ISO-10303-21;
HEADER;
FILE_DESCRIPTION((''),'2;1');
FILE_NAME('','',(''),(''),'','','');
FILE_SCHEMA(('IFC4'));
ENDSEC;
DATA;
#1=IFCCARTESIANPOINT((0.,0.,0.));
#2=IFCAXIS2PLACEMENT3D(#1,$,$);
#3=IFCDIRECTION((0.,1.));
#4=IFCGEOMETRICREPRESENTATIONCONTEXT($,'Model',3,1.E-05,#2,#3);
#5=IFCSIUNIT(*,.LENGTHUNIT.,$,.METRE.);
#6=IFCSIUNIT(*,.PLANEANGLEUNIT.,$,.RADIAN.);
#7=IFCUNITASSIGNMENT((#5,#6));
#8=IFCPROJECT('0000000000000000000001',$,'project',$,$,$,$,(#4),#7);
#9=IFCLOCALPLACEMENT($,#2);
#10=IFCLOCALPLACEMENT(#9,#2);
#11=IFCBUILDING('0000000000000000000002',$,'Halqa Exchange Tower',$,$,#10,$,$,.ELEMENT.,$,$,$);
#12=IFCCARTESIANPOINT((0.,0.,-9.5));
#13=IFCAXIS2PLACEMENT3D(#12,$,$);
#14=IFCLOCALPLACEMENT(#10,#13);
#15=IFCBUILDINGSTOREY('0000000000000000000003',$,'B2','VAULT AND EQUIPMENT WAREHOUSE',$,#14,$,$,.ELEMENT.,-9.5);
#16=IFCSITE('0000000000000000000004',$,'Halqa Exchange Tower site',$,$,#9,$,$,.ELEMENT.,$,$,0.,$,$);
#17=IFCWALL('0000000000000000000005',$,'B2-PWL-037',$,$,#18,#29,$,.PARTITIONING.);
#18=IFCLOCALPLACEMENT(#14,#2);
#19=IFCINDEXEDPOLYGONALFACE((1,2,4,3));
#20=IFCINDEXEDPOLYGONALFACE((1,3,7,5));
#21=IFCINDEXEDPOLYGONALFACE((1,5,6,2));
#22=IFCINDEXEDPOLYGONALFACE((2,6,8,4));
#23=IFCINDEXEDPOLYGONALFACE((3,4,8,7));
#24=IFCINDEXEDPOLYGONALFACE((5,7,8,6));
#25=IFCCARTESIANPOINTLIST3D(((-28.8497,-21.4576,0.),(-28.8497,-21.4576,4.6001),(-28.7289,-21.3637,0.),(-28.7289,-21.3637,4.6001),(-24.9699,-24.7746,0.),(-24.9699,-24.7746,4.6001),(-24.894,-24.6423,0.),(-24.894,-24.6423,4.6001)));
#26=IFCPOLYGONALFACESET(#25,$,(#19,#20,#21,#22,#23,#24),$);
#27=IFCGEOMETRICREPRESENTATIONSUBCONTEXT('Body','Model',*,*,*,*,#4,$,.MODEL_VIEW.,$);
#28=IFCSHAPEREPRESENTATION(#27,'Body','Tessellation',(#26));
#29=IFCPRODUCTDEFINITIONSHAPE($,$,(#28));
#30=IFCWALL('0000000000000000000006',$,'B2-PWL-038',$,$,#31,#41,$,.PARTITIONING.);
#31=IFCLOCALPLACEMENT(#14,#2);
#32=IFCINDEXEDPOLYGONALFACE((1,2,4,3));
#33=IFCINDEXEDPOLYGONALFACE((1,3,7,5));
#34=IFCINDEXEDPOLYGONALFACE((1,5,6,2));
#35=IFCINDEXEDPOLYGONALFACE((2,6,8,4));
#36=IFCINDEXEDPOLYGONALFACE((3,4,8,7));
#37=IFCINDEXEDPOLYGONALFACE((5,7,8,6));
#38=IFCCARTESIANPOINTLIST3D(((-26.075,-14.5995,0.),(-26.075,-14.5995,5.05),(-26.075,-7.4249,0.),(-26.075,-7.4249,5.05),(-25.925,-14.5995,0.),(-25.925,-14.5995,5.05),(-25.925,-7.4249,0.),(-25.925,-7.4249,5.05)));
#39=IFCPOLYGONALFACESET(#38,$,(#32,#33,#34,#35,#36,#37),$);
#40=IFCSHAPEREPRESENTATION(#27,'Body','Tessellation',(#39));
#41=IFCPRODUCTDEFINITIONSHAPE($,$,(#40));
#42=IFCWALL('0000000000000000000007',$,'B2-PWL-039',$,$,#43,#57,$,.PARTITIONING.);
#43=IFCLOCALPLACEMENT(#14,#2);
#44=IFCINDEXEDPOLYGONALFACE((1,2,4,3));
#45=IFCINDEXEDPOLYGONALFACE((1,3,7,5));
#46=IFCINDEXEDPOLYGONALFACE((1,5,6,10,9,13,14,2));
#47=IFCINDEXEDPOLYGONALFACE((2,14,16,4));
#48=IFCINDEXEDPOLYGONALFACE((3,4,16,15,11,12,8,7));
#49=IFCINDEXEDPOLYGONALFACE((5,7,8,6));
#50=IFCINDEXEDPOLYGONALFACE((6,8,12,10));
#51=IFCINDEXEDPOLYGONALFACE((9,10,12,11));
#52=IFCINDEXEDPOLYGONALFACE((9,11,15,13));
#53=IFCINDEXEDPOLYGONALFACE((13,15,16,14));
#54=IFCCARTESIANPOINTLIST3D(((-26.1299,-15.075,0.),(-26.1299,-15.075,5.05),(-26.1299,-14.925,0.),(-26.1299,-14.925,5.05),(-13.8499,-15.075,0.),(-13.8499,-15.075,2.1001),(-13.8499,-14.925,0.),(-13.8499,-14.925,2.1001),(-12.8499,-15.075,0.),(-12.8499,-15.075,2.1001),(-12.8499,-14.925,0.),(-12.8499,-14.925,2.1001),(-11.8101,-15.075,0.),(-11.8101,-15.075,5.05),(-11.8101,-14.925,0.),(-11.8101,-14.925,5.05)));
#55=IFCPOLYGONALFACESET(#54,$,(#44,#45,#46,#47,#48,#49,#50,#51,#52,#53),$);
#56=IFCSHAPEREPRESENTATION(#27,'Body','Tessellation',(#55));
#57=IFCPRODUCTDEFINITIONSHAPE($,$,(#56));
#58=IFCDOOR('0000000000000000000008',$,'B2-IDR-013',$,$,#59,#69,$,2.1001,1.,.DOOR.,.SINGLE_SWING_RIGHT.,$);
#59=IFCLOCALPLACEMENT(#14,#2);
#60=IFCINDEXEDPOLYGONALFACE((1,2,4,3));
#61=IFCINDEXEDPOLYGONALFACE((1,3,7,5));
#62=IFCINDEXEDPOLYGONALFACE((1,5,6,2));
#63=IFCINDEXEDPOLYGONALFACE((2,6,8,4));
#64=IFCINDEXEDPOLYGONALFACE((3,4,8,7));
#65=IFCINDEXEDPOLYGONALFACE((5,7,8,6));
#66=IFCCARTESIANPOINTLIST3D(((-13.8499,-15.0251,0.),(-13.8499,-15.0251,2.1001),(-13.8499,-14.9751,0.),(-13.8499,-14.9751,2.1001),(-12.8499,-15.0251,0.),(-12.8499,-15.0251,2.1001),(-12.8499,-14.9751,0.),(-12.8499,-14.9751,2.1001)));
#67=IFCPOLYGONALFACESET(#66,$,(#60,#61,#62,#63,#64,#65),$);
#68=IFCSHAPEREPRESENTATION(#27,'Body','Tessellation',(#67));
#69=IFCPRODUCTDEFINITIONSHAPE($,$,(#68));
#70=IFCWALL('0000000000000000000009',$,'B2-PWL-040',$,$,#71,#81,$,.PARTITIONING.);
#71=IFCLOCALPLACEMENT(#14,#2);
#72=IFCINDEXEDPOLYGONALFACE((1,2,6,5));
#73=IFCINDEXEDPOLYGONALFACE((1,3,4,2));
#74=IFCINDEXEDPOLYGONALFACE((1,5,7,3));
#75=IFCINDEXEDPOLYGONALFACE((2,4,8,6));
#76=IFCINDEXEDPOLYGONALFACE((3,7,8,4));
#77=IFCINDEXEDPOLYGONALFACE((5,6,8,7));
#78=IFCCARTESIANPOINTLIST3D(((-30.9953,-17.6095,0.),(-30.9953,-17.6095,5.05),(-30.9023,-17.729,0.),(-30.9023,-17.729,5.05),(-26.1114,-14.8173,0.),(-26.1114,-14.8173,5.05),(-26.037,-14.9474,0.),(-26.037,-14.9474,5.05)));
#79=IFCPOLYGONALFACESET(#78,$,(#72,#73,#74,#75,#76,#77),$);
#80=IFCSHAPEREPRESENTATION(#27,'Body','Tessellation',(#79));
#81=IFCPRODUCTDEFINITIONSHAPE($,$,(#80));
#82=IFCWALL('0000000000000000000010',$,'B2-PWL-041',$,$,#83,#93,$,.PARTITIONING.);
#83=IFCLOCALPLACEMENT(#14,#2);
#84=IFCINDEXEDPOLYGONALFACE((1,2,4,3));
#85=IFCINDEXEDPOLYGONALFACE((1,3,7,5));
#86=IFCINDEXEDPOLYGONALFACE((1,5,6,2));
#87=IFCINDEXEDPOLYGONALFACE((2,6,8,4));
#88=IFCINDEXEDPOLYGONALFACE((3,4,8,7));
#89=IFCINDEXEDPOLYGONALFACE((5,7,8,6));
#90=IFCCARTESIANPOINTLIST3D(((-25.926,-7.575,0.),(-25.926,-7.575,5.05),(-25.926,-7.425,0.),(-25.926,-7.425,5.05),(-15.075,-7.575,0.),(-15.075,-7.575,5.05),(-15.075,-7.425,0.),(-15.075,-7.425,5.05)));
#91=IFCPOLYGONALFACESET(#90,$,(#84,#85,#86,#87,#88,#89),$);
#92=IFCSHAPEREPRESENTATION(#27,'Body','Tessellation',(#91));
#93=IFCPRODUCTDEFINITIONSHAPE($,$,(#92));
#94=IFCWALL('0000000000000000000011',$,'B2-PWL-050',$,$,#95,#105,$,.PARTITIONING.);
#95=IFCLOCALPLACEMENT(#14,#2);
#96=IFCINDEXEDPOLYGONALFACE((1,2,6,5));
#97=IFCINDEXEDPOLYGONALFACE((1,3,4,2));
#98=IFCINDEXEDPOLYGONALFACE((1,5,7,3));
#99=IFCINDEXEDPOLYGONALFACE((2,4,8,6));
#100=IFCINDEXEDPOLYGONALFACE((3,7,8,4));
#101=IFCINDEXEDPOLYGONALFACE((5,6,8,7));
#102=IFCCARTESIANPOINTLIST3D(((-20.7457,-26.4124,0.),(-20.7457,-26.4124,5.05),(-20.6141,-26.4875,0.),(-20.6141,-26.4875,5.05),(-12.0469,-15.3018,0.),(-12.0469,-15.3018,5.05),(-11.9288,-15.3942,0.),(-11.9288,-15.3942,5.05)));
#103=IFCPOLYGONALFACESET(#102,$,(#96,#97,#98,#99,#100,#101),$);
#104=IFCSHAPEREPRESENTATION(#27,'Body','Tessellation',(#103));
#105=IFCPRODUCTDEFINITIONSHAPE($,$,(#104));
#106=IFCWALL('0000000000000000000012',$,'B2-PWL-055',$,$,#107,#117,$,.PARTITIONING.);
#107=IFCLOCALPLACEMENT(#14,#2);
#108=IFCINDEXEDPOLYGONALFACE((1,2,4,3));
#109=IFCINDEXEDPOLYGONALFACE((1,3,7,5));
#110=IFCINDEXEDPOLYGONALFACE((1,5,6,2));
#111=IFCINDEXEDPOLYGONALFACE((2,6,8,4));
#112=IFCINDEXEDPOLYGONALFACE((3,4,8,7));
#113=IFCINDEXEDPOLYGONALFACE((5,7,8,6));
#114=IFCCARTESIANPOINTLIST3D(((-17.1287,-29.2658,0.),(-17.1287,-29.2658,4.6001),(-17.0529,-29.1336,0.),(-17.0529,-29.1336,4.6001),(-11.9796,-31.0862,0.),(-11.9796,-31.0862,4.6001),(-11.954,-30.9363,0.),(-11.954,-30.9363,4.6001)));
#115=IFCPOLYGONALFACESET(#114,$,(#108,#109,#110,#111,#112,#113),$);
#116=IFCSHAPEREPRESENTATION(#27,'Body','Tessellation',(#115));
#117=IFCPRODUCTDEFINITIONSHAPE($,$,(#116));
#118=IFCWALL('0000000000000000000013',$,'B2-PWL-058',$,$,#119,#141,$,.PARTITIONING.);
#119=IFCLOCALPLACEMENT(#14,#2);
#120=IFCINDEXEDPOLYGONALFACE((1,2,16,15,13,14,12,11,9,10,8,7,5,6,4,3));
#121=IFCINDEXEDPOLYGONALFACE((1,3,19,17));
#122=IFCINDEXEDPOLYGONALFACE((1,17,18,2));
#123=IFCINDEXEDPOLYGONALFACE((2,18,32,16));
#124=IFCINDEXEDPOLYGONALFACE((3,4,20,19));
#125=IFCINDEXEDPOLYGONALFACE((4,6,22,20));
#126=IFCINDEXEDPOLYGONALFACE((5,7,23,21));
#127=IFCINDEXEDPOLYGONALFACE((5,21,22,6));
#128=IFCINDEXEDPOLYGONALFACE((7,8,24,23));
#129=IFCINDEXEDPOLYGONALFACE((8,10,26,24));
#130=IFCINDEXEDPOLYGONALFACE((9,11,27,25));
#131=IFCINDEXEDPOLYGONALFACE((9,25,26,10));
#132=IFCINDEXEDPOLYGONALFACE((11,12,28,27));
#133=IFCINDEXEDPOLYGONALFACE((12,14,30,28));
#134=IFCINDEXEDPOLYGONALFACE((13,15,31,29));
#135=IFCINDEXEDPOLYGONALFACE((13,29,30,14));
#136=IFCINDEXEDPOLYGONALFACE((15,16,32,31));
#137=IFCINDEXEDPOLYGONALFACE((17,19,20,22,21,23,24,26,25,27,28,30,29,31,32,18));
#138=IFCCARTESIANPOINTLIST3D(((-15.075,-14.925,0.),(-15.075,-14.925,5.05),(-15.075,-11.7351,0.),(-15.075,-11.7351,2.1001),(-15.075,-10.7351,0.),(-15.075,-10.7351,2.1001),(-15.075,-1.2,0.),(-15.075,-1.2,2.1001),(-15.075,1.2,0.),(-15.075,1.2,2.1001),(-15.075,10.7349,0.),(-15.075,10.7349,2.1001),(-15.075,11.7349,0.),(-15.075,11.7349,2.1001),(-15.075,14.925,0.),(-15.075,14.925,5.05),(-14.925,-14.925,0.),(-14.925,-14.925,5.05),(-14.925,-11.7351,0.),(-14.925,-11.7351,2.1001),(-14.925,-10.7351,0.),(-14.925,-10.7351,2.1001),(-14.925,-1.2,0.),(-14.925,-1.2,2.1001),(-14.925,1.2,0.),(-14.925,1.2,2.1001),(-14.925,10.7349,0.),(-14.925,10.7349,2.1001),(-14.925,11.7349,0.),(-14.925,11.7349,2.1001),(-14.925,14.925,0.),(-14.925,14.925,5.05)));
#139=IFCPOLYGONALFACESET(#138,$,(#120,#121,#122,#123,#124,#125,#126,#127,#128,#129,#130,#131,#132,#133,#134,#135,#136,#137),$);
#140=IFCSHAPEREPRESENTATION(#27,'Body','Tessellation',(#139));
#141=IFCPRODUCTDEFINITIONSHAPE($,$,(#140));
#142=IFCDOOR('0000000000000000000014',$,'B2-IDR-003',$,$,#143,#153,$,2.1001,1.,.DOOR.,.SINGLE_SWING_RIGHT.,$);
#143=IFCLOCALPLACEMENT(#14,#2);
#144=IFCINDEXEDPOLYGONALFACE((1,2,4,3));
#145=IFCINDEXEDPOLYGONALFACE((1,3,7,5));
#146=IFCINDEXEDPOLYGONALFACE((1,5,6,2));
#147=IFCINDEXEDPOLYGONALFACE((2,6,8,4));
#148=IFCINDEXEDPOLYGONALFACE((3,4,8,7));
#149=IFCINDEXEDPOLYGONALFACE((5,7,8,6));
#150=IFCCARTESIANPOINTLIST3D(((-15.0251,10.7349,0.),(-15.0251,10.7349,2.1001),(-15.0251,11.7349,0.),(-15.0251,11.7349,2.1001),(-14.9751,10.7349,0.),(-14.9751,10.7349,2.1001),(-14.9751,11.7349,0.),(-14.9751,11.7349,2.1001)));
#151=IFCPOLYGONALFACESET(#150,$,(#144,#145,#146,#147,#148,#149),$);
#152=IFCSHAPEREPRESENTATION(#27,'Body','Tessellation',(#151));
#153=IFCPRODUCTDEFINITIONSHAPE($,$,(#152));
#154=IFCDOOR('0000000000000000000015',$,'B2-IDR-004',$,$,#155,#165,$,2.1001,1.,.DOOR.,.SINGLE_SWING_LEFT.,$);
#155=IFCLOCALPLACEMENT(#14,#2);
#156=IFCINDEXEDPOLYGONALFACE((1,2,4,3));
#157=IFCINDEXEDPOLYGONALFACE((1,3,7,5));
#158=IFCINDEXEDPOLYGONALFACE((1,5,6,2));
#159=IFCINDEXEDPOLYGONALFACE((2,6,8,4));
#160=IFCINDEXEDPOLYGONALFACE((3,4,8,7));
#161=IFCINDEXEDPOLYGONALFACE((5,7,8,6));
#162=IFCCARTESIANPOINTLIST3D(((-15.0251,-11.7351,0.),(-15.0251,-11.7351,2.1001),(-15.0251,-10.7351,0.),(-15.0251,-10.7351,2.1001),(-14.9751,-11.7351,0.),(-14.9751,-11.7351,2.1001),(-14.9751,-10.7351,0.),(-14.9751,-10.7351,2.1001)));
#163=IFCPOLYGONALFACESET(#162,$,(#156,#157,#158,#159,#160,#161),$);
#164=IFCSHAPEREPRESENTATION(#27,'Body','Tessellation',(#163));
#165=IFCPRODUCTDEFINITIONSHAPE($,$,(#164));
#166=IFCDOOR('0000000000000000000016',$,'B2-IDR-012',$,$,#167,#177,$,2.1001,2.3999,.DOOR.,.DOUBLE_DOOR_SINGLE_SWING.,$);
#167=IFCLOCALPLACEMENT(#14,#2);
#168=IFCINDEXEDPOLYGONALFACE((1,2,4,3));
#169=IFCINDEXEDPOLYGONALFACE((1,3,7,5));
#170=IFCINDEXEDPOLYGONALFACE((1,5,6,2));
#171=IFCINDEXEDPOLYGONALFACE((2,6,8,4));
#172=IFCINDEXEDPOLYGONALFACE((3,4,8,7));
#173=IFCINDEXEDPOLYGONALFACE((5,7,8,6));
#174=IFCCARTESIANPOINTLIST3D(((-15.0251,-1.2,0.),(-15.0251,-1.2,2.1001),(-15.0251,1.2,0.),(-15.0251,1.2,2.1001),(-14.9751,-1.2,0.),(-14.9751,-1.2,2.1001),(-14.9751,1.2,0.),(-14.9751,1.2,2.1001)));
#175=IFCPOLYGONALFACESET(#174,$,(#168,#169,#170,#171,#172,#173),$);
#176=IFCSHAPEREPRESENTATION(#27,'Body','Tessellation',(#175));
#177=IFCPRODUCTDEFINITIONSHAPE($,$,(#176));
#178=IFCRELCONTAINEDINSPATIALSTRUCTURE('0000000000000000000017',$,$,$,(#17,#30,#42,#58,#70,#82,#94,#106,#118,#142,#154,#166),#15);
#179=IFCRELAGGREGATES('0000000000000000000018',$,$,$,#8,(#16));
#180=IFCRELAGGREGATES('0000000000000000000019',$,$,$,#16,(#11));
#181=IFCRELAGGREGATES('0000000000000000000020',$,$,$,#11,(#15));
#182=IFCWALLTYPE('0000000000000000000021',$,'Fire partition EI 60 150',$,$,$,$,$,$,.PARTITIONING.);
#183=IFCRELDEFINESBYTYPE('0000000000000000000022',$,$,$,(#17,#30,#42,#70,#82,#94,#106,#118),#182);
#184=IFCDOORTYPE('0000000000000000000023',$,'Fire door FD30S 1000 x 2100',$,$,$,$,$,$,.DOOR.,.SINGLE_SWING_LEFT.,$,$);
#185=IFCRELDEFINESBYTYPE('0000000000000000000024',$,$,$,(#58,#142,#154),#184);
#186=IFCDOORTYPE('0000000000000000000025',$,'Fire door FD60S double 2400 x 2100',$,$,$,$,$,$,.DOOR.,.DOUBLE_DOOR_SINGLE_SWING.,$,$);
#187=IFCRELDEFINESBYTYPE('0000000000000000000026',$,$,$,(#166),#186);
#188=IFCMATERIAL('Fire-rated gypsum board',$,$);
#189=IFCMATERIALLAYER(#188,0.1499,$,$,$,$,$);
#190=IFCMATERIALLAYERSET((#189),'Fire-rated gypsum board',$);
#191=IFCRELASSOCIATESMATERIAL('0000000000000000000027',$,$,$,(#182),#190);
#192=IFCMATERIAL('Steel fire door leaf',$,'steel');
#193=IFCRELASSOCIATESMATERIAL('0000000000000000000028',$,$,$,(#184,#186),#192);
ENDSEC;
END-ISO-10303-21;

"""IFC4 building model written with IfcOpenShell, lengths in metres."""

from ifc_helpers import new_model, si_unit, direction, frame, frame_2d, origin, place, context, subcontext, project, spatial, polyline, rectangle, outline, extrude, material, layer, layer_set, type_object, element, fill, save


model = new_model("IFC4")

# Units and contexts
model_context = context("Model", 3, precision=1e-05, world=origin(), true_north=direction((0.0, 1.0)))
body_context = subcontext(model_context, "Body", "Model", "MODEL_VIEW")
ifc_project = project(units=[si_unit("LENGTHUNIT", "METRE"), si_unit("PLANEANGLEUNIT", "RADIAN")], contexts=[model_context])

# Site, building, storey
site_placement = place(None, origin())
site = spatial("IfcSite", under=ifc_project, at=site_placement, Name="Halqa Exchange Tower site", CompositionType="ELEMENT", RefElevation=0.0)
building_placement = place(site_placement, origin())
building = spatial("IfcBuilding", under=site, at=building_placement, Name="Halqa Exchange Tower", CompositionType="ELEMENT")
storey_placement = place(building_placement, frame((0.0, 0.0, -9.5)))
storey = spatial("IfcBuildingStorey", under=building, at=storey_placement, Name="B2", Description="VAULT AND EQUIPMENT WAREHOUSE", CompositionType="ELEMENT", Elevation=-9.5)

# Walls
ifc_material_1 = material(Name="Fire-rated gypsum board")
ifc_layer_1 = layer(ifc_material_1, 0.1499)
ifc_layer_set_1 = layer_set([ifc_layer_1], Name="Fire-rated gypsum board")
wall_type_1 = type_object("IfcWallType", Name="Fire partition EI 60 150", PredefinedType="PARTITIONING", material=ifc_layer_set_1)
wall_1_placement = place(storey_placement, frame((-28.7893, -21.4106, 0.0), z_axis=(0.0, 0.0, 1.0), x_axis=(0.760085, -0.649824, 0.0)))
element("IfcWall", 1, at=wall_1_placement, inside=storey, type_object=wall_type_1, Name="B2-PWL-037", PredefinedType="PARTITIONING", context=body_context, shape_type="SweptSolid", body=[
    extrude(outline(polyline([(-0.0154, -0.075), (5.0891, -0.075), (5.0608, 0.075), (0.0154, 0.075), (-0.0154, -0.075)])), origin(), (0.0, 0.0, 1.0), 4.6001),
])
wall_2_placement = place(storey_placement, frame((-26.0, -14.5996, 0.0), z_axis=(0.0, 0.0, 1.0), x_axis=(0.0, 1.0, 0.0)))
element("IfcWall", 2, at=wall_2_placement, inside=storey, type_object=wall_type_1, Name="B2-PWL-038", PredefinedType="PARTITIONING", context=body_context, shape_type="SweptSolid", body=[
    extrude(rectangle(XDim=7.1746, YDim=0.1499, at=frame_2d((3.5874, 0.0))), origin(), (0.0, 0.0, 1.0), 5.05),
])

# Wall, opening, door
wall_3_placement = place(storey_placement, frame((-26.1299, -15.0, 0.0), z_axis=(0.0, 0.0, 1.0), x_axis=(1.0, 0.0, 0.0)))
wall_3 = element("IfcWall", 3, at=wall_3_placement, inside=storey, type_object=wall_type_1, Name="B2-PWL-039", PredefinedType="PARTITIONING", context=body_context, shape_type="SweptSolid", body=[
    extrude(rectangle(XDim=14.3198, YDim=0.1499, at=frame_2d((7.1599, 0.0))), origin(), (0.0, 0.0, 1.0), 5.05),
])
opening_1_placement = place(wall_3_placement, frame((12.28, 0.0, 0.0)))
opening_1 = element("IfcOpeningElement", 4, at=opening_1_placement, cuts=wall_3, PredefinedType="OPENING", context=body_context, shape_type="SweptSolid", body=[
    extrude(rectangle(XDim=1.0, YDim=2.1001, at=frame_2d((0.5, 1.05))), frame((0.0, 0.0869, 0.0), z_axis=(0.0, -1.0, 0.0), x_axis=(1.0, 0.0, 0.0)), (0.0, 0.0, 1.0), 0.1738),
])
ifc_material_2 = material(Name="Steel fire door leaf", Category="steel")
door_type_1 = type_object("IfcDoorType", Name="Fire door FD30S 1000 x 2100", OperationType="SINGLE_SWING_LEFT", PredefinedType="DOOR", material=ifc_material_2)
door_1_placement = place(opening_1_placement, origin())
door_1 = element("IfcDoor", 5, at=door_1_placement, inside=storey, type_object=door_type_1, Name="B2-IDR-013", OperationType="SINGLE_SWING_RIGHT", OverallHeight=2.1001, OverallWidth=1.0, PredefinedType="DOOR", context=body_context, shape_type="SweptSolid", body=[
    extrude(rectangle(XDim=1.0, YDim=2.1001, at=frame_2d((0.5, 1.05))), frame((0.0, 0.0249, 0.0), z_axis=(0.0, -1.0, 0.0), x_axis=(1.0, 0.0, 0.0)), (0.0, 0.0, 1.0), 0.05),
])
fill(opening_1, door_1)

# Walls
wall_4_placement = place(storey_placement, frame((-26.0742, -14.8823, 0.0), z_axis=(0.0, 0.0, 1.0), x_axis=(-0.868133, -0.496331, 0.0)))
element("IfcWall", 6, at=wall_4_placement, inside=storey, type_object=wall_type_1, Name="B2-PWL-040", PredefinedType="PARTITIONING", context=body_context, shape_type="SweptSolid", body=[
    extrude(outline(polyline([(0.0, -0.075), (5.6257, -0.075), (5.6042, 0.075), (0.0, 0.075), (0.0, -0.075)])), origin(), (0.0, 0.0, 1.0), 5.05),
])
wall_5_placement = place(storey_placement, frame((-25.926, -7.5, 0.0), z_axis=(0.0, 0.0, 1.0), x_axis=(1.0, 0.0, 0.0)))
element("IfcWall", 7, at=wall_5_placement, inside=storey, type_object=wall_type_1, Name="B2-PWL-041", PredefinedType="PARTITIONING", context=body_context, shape_type="SweptSolid", body=[
    extrude(rectangle(XDim=10.8511, YDim=0.1499, at=frame_2d((5.4255, 0.0))), origin(), (0.0, 0.0, 1.0), 5.05),
])
wall_6_placement = place(storey_placement, frame((-20.6799, -26.45, 0.0), z_axis=(0.0, 0.0, 1.0), x_axis=(0.616466, 0.787382, 0.0)))
element("IfcWall", 8, at=wall_6_placement, inside=storey, type_object=wall_type_1, Name="B2-PWL-050", PredefinedType="PARTITIONING", context=body_context, shape_type="SweptSolid", body=[
    extrude(outline(polyline([(0.011, -0.075), (14.0999, -0.075), (14.0999, 0.075), (-0.011, 0.075), (0.011, -0.075)])), origin(), (0.0, 0.0, 1.0), 5.05),
])
wall_7_placement = place(storey_placement, frame((-17.0908, -29.1997, 0.0), z_axis=(0.0, 0.0, 1.0), x_axis=(0.942814, -0.333318, 0.0)))
element("IfcWall", 9, at=wall_7_placement, inside=storey, type_object=wall_type_1, Name="B2-PWL-055", PredefinedType="PARTITIONING", context=body_context, shape_type="SweptSolid", body=[
    extrude(outline(polyline([(-0.0137, -0.075), (5.4478, -0.075), (5.4219, 0.075), (0.0137, 0.075), (-0.0137, -0.075)])), origin(), (0.0, 0.0, 1.0), 4.6001),
])

# Wall, openings, doors
wall_8_placement = place(storey_placement, frame((-15.0, -14.925, 0.0), z_axis=(0.0, 0.0, 1.0), x_axis=(0.0, 1.0, 0.0)))
wall_8 = element("IfcWall", 10, at=wall_8_placement, inside=storey, type_object=wall_type_1, Name="B2-PWL-058", PredefinedType="PARTITIONING", context=body_context, shape_type="SweptSolid", body=[
    extrude(rectangle(XDim=29.8501, YDim=0.1499, at=frame_2d((14.925, 0.0))), origin(), (0.0, 0.0, 1.0), 5.05),
])
opening_2_placement = place(wall_8_placement, frame((25.6599, 0.0, 0.0)))
opening_2 = element("IfcOpeningElement", 11, at=opening_2_placement, cuts=wall_8, PredefinedType="OPENING", context=body_context, shape_type="SweptSolid", body=[
    extrude(rectangle(XDim=1.0, YDim=2.1001, at=frame_2d((0.5, 1.05))), frame((0.0, 0.0869, 0.0), z_axis=(0.0, -1.0, 0.0), x_axis=(1.0, 0.0, 0.0)), (0.0, 0.0, 1.0), 0.1738),
])
opening_3_placement = place(wall_8_placement, frame((3.1899, 0.0, 0.0)))
opening_3 = element("IfcOpeningElement", 12, at=opening_3_placement, cuts=wall_8, PredefinedType="OPENING", context=body_context, shape_type="SweptSolid", body=[
    extrude(rectangle(XDim=1.0, YDim=2.1001, at=frame_2d((0.5, 1.05))), frame((0.0, 0.0869, 0.0), z_axis=(0.0, -1.0, 0.0), x_axis=(1.0, 0.0, 0.0)), (0.0, 0.0, 1.0), 0.1738),
])
opening_4_placement = place(wall_8_placement, frame((13.7251, 0.0, 0.0)))
opening_4 = element("IfcOpeningElement", 13, at=opening_4_placement, cuts=wall_8, PredefinedType="OPENING", context=body_context, shape_type="SweptSolid", body=[
    extrude(rectangle(XDim=2.3999, YDim=2.1001, at=frame_2d((1.2, 1.05))), frame((0.0, 0.0869, 0.0), z_axis=(0.0, -1.0, 0.0), x_axis=(1.0, 0.0, 0.0)), (0.0, 0.0, 1.0), 0.1738),
])
door_2_placement = place(opening_2_placement, frame((1.0, 0.0, 0.0), z_axis=(0.0, 0.0, 1.0), x_axis=(-1.0, 0.0, 0.0)))
door_2 = element("IfcDoor", 14, at=door_2_placement, inside=storey, type_object=door_type_1, Name="B2-IDR-003", OperationType="SINGLE_SWING_RIGHT", OverallHeight=2.1001, OverallWidth=1.0, PredefinedType="DOOR", context=body_context, shape_type="SweptSolid", body=[
    extrude(rectangle(XDim=1.0, YDim=2.1001, at=frame_2d((0.5, 1.05))), frame((0.0, 0.0249, 0.0), z_axis=(0.0, -1.0, 0.0), x_axis=(1.0, 0.0, 0.0)), (0.0, 0.0, 1.0), 0.05),
])
fill(opening_2, door_2)
door_3_placement = place(opening_3_placement, frame((1.0, 0.0, 0.0), z_axis=(0.0, 0.0, 1.0), x_axis=(-1.0, 0.0, 0.0)))
door_3 = element("IfcDoor", 15, at=door_3_placement, inside=storey, type_object=door_type_1, Name="B2-IDR-004", OperationType="SINGLE_SWING_LEFT", OverallHeight=2.1001, OverallWidth=1.0, PredefinedType="DOOR", context=body_context, shape_type="SweptSolid", body=[
    extrude(rectangle(XDim=1.0, YDim=2.1001, at=frame_2d((0.5, 1.05))), frame((0.0, 0.0249, 0.0), z_axis=(0.0, -1.0, 0.0), x_axis=(1.0, 0.0, 0.0)), (0.0, 0.0, 1.0), 0.05),
])
fill(opening_3, door_3)
door_type_2 = type_object("IfcDoorType", Name="Fire door FD60S double 2400 x 2100", OperationType="DOUBLE_DOOR_SINGLE_SWING", PredefinedType="DOOR", material=ifc_material_2)
door_4_placement = place(opening_4_placement, frame((2.3999, 0.0, 0.0), z_axis=(0.0, 0.0, 1.0), x_axis=(-1.0, 0.0, 0.0)))
door_4 = element("IfcDoor", 16, at=door_4_placement, inside=storey, type_object=door_type_2, Name="B2-IDR-012", OperationType="DOUBLE_DOOR_SINGLE_SWING", OverallHeight=2.1001, OverallWidth=2.3999, PredefinedType="DOOR", context=body_context, shape_type="SweptSolid", body=[
    extrude(rectangle(XDim=2.3999, YDim=2.1001, at=frame_2d((1.2, 1.05))), frame((0.0, 0.0249, 0.0), z_axis=(0.0, -1.0, 0.0), x_axis=(1.0, 0.0, 0.0)), (0.0, 0.0, 1.0), 0.05),
])
fill(opening_4, door_4)

save(model, "model.ifc")
